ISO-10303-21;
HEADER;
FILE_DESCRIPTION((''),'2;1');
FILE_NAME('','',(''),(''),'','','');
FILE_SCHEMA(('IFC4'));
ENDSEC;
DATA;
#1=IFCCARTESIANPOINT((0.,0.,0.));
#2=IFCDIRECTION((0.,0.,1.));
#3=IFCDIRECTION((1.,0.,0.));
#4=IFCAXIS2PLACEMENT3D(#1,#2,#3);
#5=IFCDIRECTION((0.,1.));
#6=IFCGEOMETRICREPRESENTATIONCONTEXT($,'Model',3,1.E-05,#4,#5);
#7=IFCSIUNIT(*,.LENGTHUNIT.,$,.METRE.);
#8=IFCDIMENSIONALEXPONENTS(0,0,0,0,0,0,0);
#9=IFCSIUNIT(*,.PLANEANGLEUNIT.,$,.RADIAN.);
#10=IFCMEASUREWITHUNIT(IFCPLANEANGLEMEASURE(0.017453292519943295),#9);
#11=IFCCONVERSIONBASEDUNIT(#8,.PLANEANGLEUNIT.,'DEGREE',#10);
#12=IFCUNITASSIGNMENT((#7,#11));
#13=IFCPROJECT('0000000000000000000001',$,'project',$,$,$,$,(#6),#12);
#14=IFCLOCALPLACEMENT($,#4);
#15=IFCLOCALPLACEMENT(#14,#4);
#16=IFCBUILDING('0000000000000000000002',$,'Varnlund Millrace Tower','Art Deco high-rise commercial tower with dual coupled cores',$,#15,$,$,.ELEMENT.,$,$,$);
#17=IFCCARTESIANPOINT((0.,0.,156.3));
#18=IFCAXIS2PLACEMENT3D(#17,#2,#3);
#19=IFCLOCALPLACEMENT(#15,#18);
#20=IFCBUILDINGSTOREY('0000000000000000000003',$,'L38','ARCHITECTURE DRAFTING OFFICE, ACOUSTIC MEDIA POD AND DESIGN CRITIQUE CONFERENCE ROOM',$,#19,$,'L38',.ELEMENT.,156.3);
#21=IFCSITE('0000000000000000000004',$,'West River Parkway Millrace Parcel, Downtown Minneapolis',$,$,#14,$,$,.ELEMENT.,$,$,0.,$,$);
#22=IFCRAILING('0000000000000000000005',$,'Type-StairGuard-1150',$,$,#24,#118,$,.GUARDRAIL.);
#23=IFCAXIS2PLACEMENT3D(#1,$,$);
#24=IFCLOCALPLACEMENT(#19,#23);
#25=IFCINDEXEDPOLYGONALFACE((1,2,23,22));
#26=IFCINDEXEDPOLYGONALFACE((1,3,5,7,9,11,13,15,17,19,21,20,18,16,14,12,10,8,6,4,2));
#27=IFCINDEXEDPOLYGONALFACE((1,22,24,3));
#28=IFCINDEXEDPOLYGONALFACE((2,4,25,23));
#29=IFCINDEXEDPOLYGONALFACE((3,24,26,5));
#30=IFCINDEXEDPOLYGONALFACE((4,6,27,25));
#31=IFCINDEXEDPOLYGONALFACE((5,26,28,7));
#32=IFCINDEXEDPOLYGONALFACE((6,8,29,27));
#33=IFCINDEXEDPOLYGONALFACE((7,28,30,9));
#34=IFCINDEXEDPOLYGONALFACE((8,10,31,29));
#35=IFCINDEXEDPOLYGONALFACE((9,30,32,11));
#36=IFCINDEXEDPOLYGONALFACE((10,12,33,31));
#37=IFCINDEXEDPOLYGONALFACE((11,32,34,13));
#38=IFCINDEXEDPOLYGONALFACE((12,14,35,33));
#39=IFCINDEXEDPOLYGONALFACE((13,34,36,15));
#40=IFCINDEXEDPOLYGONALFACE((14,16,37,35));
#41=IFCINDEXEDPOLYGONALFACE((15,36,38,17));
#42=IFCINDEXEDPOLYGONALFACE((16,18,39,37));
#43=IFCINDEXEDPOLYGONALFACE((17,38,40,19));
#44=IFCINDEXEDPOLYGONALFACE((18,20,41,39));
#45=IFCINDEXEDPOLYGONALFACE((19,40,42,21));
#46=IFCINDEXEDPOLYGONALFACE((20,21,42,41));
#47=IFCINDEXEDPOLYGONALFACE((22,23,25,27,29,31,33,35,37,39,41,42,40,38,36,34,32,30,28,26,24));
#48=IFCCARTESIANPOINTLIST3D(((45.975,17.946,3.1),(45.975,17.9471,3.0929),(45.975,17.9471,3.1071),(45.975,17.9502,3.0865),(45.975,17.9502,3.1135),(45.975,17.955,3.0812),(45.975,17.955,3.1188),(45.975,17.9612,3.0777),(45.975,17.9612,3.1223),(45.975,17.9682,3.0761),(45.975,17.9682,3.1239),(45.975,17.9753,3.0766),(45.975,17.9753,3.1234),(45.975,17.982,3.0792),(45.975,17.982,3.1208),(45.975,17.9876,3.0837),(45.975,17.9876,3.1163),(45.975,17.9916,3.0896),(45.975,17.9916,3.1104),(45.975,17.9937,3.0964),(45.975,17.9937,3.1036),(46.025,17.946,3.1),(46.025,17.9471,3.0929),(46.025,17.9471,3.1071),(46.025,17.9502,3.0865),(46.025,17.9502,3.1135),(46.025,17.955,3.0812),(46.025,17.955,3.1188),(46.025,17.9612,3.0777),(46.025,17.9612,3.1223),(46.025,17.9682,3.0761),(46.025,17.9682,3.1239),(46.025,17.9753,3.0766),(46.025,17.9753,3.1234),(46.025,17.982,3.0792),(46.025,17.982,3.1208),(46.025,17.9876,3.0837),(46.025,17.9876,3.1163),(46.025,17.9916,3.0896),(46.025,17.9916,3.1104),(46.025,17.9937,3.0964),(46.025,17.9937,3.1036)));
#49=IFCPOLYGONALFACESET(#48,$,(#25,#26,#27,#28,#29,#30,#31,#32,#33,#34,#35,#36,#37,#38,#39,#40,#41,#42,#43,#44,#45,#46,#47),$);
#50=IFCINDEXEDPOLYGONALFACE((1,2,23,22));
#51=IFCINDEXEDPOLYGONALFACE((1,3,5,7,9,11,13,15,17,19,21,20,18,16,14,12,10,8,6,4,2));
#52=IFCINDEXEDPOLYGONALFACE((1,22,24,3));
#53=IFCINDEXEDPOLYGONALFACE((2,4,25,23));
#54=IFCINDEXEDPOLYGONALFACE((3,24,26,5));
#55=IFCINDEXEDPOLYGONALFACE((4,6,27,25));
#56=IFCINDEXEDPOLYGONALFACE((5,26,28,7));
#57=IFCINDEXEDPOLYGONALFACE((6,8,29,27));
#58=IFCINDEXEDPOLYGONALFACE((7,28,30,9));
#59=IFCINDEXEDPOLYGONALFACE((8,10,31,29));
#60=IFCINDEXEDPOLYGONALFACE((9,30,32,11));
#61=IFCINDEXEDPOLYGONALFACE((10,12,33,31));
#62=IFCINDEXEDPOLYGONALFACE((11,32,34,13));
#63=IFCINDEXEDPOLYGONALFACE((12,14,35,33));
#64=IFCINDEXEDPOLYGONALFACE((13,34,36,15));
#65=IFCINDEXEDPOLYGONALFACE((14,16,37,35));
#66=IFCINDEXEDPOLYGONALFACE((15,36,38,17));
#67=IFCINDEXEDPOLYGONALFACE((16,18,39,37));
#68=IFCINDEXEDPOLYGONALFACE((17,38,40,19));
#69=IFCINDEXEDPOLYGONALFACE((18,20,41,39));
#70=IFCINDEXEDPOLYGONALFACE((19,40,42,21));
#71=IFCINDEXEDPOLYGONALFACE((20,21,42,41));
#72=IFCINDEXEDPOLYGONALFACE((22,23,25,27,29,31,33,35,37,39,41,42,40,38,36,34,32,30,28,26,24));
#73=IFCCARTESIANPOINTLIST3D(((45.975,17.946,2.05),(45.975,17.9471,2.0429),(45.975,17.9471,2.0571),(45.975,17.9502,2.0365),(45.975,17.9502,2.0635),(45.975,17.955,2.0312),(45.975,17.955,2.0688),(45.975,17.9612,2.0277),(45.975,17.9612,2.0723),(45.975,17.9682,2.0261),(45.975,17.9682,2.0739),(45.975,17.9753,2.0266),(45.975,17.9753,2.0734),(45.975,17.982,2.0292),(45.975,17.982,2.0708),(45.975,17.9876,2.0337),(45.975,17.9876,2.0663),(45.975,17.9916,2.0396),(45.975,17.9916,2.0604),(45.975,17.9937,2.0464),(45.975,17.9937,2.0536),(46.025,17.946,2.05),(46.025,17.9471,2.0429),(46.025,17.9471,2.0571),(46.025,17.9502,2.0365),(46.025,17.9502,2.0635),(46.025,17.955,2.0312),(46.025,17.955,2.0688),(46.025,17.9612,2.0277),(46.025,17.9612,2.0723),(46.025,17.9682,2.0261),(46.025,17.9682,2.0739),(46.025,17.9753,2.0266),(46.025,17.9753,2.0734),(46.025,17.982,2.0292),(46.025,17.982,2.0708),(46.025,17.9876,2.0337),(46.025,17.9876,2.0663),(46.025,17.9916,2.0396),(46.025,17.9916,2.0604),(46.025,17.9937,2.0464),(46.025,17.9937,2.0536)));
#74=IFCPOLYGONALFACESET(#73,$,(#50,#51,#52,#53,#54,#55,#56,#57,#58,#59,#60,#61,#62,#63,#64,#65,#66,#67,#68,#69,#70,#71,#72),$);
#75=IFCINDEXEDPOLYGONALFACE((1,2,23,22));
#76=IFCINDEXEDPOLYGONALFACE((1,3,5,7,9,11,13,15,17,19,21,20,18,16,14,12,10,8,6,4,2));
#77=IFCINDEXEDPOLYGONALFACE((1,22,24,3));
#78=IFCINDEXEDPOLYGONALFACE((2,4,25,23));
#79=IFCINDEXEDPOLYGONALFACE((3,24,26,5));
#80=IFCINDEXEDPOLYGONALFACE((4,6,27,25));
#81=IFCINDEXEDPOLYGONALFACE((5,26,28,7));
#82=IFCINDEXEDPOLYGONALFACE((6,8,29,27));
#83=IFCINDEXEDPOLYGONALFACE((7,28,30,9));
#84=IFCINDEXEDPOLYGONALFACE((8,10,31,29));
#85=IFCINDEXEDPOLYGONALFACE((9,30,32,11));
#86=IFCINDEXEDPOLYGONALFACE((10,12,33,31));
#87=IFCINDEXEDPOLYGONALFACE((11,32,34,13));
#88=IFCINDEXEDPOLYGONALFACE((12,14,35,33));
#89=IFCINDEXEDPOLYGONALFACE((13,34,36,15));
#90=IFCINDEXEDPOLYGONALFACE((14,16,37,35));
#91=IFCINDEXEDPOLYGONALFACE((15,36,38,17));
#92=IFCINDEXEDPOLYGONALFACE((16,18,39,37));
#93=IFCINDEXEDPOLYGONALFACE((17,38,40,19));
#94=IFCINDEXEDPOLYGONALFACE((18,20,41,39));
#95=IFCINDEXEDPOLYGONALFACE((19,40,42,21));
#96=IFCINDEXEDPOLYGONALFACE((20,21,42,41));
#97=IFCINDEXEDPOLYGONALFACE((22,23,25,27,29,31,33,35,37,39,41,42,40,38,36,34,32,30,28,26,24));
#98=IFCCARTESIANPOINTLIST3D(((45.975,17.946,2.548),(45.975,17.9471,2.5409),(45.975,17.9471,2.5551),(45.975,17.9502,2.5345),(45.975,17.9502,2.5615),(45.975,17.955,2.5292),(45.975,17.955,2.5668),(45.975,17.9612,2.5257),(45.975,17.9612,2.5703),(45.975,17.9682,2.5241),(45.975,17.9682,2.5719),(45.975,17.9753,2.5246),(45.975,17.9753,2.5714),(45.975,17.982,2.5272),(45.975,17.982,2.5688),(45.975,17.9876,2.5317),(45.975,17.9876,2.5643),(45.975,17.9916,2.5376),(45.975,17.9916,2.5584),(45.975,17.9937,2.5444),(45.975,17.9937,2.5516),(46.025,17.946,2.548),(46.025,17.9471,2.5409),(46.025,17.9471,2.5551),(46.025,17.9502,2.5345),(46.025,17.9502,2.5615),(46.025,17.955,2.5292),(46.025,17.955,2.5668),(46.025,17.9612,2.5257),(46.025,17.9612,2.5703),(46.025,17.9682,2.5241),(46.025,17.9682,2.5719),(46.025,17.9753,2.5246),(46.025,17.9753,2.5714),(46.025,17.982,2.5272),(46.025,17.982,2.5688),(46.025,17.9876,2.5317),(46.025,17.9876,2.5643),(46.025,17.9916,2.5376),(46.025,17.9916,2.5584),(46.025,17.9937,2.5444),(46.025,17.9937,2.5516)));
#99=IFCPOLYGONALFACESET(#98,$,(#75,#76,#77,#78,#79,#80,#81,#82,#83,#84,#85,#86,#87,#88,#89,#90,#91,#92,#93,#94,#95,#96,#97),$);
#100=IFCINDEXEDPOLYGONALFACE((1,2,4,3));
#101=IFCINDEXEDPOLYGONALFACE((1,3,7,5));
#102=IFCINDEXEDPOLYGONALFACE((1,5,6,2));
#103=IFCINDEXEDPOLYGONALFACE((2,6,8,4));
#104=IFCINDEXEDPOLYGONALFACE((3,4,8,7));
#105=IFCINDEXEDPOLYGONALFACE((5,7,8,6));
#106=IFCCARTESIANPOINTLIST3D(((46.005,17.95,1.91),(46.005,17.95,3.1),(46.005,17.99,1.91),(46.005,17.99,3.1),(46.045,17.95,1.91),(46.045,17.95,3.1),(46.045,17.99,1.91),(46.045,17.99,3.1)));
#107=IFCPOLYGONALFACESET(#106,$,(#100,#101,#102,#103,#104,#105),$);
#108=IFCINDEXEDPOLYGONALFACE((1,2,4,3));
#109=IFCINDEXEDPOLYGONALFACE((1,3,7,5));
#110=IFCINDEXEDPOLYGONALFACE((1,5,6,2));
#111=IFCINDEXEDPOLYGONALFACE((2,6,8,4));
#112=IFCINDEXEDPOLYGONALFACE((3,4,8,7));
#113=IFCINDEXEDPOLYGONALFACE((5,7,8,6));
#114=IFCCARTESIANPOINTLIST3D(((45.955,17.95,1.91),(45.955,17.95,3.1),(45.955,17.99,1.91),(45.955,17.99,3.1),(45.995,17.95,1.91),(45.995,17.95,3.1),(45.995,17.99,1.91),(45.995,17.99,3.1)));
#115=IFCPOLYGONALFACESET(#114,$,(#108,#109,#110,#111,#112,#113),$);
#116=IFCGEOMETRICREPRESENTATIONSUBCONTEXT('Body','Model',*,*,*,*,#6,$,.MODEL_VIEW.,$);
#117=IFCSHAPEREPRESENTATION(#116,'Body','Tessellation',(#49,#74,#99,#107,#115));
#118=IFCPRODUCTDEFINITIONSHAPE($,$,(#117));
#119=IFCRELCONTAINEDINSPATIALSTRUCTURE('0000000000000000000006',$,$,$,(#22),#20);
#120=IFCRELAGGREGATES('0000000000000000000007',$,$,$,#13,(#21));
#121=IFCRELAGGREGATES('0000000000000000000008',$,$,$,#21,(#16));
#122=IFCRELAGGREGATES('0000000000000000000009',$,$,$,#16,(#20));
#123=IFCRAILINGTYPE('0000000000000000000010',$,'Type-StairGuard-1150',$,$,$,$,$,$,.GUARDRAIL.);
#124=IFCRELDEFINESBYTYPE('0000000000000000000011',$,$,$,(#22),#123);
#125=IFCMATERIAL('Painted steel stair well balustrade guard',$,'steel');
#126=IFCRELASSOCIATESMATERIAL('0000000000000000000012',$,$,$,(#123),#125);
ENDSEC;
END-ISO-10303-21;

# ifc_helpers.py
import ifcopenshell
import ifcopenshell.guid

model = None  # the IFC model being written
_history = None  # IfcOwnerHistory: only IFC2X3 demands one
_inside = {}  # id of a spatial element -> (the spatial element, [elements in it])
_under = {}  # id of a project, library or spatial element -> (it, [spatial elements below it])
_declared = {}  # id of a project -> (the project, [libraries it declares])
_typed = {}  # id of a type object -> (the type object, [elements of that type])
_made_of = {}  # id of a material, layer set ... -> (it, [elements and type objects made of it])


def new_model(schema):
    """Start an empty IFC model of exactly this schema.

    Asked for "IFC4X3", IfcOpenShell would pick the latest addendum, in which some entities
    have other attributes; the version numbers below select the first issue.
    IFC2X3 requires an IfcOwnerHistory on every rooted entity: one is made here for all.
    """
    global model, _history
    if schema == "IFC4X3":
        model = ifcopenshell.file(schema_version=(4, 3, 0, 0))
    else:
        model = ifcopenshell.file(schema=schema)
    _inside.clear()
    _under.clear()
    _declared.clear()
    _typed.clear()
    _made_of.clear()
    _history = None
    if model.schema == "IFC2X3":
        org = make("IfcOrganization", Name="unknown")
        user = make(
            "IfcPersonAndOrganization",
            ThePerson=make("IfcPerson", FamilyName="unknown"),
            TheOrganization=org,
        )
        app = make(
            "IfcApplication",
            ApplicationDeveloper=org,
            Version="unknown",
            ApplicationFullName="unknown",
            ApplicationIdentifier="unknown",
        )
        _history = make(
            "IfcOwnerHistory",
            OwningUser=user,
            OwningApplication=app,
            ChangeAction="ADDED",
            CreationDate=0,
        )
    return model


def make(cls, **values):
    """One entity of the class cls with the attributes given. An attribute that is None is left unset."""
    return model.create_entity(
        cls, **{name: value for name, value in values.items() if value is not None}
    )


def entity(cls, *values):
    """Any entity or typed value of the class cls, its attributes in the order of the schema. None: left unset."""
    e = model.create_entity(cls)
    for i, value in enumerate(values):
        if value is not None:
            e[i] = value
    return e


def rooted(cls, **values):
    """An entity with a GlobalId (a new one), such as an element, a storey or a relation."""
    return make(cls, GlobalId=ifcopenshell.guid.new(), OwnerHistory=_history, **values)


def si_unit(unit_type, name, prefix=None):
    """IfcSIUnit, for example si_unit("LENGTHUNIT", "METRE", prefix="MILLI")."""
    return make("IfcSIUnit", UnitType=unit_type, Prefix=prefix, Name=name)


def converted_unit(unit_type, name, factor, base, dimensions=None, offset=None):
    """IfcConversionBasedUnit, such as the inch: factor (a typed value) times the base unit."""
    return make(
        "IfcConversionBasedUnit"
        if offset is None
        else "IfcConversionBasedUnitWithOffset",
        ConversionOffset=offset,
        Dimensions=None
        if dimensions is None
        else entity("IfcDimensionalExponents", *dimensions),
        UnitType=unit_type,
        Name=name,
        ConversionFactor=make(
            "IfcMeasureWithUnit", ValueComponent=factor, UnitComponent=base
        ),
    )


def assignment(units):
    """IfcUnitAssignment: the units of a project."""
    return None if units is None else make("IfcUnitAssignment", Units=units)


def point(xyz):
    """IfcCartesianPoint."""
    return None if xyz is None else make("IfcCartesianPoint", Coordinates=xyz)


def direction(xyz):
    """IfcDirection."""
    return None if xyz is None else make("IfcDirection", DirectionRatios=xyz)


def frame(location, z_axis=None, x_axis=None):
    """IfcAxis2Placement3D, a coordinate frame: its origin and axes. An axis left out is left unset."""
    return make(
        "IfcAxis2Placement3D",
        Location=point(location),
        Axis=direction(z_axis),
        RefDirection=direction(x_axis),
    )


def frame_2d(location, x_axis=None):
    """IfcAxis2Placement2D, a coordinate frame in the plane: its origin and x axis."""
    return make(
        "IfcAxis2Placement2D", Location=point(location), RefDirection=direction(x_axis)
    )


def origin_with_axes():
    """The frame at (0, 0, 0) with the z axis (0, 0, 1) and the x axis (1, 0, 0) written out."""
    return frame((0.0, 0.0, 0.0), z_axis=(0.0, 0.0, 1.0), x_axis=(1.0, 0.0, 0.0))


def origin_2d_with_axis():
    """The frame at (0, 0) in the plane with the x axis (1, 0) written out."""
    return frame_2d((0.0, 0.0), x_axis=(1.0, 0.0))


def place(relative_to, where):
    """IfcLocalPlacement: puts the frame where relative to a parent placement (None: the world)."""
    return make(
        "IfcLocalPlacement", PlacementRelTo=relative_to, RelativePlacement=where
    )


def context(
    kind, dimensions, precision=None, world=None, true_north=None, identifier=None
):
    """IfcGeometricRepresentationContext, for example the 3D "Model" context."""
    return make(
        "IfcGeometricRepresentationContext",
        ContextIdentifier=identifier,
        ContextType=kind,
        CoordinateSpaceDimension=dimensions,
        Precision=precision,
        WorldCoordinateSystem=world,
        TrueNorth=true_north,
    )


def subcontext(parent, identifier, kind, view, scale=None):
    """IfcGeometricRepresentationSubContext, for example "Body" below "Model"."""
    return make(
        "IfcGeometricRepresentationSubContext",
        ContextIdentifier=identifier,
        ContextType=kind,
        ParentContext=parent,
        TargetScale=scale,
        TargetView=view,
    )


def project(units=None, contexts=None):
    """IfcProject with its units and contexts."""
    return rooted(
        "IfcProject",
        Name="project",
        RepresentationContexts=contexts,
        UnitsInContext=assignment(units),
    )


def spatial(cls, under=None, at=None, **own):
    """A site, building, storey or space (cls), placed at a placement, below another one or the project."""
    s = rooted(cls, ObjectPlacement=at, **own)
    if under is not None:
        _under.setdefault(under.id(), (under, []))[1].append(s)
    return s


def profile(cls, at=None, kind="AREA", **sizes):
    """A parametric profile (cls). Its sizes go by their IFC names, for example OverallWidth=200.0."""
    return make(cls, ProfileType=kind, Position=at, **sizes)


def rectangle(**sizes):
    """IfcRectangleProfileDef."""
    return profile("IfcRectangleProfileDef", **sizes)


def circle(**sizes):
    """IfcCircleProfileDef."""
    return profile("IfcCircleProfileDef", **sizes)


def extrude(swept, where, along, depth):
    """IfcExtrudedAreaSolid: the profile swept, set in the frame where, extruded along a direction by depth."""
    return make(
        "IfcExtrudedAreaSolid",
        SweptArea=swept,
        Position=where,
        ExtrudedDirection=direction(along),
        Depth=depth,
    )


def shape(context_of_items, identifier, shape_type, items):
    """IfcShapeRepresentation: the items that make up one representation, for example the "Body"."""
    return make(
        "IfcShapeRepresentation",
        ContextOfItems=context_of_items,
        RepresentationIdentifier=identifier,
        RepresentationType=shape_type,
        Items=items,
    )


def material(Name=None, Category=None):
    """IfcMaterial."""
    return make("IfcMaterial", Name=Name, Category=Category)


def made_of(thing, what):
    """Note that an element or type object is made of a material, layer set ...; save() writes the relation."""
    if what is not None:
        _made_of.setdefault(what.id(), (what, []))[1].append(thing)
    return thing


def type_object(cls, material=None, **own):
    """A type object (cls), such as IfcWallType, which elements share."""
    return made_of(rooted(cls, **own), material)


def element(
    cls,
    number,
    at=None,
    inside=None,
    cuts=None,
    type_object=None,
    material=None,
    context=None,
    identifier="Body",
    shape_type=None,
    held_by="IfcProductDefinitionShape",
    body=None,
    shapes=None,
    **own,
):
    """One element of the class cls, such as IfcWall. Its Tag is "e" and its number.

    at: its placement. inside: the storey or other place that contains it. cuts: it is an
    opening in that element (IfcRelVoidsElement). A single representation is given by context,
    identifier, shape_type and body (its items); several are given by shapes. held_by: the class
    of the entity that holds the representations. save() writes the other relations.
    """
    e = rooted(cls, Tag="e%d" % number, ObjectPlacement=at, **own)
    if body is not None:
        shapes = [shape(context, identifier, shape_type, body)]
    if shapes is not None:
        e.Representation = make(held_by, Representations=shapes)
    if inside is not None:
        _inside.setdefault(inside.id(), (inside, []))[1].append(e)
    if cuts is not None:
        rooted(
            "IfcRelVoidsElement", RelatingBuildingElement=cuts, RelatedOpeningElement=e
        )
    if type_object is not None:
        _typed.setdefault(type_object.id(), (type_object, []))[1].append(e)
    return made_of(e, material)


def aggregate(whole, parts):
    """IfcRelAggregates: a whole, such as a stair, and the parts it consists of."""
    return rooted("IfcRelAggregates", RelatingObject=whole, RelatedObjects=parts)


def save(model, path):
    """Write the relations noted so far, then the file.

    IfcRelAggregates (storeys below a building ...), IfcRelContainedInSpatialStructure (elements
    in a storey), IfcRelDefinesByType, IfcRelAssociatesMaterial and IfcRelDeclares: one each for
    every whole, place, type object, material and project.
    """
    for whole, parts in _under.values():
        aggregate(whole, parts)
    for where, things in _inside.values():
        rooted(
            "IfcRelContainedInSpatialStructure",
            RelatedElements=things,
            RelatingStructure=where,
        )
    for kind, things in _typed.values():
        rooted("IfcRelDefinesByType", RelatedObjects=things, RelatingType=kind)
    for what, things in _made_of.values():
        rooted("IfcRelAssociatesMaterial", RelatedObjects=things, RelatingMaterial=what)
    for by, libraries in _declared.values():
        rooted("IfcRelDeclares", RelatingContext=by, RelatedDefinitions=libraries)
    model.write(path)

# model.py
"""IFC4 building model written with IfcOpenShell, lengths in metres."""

from ifc_helpers import new_model, entity, si_unit, converted_unit, direction, frame, origin_with_axes, origin_2d_with_axis, place, context, subcontext, project, spatial, rectangle, circle, extrude, material, type_object, element, save


model = new_model("IFC4")

# Units and contexts
model_context = context("Model", 3, precision=1e-05, world=origin_with_axes(), true_north=direction((0.0, 1.0)))
body_context = subcontext(model_context, "Body", "Model", "MODEL_VIEW")
ifc_project = project(units=[si_unit("LENGTHUNIT", "METRE"), converted_unit("PLANEANGLEUNIT", "DEGREE", entity("IfcPlaneAngleMeasure", 0.017453292519943295), si_unit("PLANEANGLEUNIT", "RADIAN"), dimensions=[0, 0, 0, 0, 0, 0, 0])], contexts=[model_context])

# Site, building, storey
site_placement = place(None, origin_with_axes())
site = spatial("IfcSite", under=ifc_project, at=site_placement, Name="West River Parkway Millrace Parcel, Downtown Minneapolis", CompositionType="ELEMENT", RefElevation=0.0)
building_placement = place(site_placement, origin_with_axes())
building = spatial("IfcBuilding", under=site, at=building_placement, Name="Varnlund Millrace Tower", Description="Art Deco high-rise commercial tower with dual coupled cores", CompositionType="ELEMENT")
storey_placement = place(building_placement, frame((0.0, 0.0, 156.3), z_axis=(0.0, 0.0, 1.0), x_axis=(1.0, 0.0, 0.0)))
storey = spatial("IfcBuildingStorey", under=building, at=storey_placement, Name="L38", Description="ARCHITECTURE DRAFTING OFFICE, ACOUSTIC MEDIA POD AND DESIGN CRITIQUE CONFERENCE ROOM", LongName="L38", CompositionType="ELEMENT", Elevation=156.3)

# Railing
ifc_material_1 = material(Name="Painted steel stair well balustrade guard", Category="steel")
railing_type_1 = type_object("IfcRailingType", Name="Type-StairGuard-1150", PredefinedType="GUARDRAIL", material=ifc_material_1)
railing_1_placement = place(storey_placement, frame((0.0, 0.0, -156.3), z_axis=(0.0, 0.0, 1.0), x_axis=(1.0, 0.0, 0.0)))
element("IfcRailing", 1, at=railing_1_placement, inside=storey, type_object=railing_type_1, Name="Type-StairGuard-1150", PredefinedType="GUARDRAIL", context=body_context, shape_type="SweptSolid", body=[
    extrude(circle(Radius=0.024, at=origin_2d_with_axis()), frame((46.025, 17.97, 159.4), z_axis=(-1.0, 0.0, 0.0), x_axis=(0.0, -1.0, 0.0)), (0.0, 0.0, 1.0), 0.05),
    extrude(circle(Radius=0.024, at=origin_2d_with_axis()), frame((46.025, 17.97, 158.35), z_axis=(-1.0, 0.0, 0.0), x_axis=(0.0, -1.0, 0.0)), (0.0, 0.0, 1.0), 0.05),
    extrude(circle(Radius=0.024, at=origin_2d_with_axis()), frame((46.025, 17.97, 158.848), z_axis=(-1.0, 0.0, 0.0), x_axis=(0.0, -1.0, 0.0)), (0.0, 0.0, 1.0), 0.05),
    extrude(rectangle(XDim=0.04, YDim=0.04, at=origin_2d_with_axis()), frame((46.025, 17.97, 158.21), z_axis=(0.0, 0.0, 1.0), x_axis=(1.0, 0.0, 0.0)), (0.0, 0.0, 1.0), 1.19),
    extrude(rectangle(XDim=0.04, YDim=0.04, at=origin_2d_with_axis()), frame((45.975, 17.97, 158.21), z_axis=(0.0, 0.0, 1.0), x_axis=(1.0, 0.0, 0.0)), (0.0, 0.0, 1.0), 1.19),
])

save(model, "model.ifc")
